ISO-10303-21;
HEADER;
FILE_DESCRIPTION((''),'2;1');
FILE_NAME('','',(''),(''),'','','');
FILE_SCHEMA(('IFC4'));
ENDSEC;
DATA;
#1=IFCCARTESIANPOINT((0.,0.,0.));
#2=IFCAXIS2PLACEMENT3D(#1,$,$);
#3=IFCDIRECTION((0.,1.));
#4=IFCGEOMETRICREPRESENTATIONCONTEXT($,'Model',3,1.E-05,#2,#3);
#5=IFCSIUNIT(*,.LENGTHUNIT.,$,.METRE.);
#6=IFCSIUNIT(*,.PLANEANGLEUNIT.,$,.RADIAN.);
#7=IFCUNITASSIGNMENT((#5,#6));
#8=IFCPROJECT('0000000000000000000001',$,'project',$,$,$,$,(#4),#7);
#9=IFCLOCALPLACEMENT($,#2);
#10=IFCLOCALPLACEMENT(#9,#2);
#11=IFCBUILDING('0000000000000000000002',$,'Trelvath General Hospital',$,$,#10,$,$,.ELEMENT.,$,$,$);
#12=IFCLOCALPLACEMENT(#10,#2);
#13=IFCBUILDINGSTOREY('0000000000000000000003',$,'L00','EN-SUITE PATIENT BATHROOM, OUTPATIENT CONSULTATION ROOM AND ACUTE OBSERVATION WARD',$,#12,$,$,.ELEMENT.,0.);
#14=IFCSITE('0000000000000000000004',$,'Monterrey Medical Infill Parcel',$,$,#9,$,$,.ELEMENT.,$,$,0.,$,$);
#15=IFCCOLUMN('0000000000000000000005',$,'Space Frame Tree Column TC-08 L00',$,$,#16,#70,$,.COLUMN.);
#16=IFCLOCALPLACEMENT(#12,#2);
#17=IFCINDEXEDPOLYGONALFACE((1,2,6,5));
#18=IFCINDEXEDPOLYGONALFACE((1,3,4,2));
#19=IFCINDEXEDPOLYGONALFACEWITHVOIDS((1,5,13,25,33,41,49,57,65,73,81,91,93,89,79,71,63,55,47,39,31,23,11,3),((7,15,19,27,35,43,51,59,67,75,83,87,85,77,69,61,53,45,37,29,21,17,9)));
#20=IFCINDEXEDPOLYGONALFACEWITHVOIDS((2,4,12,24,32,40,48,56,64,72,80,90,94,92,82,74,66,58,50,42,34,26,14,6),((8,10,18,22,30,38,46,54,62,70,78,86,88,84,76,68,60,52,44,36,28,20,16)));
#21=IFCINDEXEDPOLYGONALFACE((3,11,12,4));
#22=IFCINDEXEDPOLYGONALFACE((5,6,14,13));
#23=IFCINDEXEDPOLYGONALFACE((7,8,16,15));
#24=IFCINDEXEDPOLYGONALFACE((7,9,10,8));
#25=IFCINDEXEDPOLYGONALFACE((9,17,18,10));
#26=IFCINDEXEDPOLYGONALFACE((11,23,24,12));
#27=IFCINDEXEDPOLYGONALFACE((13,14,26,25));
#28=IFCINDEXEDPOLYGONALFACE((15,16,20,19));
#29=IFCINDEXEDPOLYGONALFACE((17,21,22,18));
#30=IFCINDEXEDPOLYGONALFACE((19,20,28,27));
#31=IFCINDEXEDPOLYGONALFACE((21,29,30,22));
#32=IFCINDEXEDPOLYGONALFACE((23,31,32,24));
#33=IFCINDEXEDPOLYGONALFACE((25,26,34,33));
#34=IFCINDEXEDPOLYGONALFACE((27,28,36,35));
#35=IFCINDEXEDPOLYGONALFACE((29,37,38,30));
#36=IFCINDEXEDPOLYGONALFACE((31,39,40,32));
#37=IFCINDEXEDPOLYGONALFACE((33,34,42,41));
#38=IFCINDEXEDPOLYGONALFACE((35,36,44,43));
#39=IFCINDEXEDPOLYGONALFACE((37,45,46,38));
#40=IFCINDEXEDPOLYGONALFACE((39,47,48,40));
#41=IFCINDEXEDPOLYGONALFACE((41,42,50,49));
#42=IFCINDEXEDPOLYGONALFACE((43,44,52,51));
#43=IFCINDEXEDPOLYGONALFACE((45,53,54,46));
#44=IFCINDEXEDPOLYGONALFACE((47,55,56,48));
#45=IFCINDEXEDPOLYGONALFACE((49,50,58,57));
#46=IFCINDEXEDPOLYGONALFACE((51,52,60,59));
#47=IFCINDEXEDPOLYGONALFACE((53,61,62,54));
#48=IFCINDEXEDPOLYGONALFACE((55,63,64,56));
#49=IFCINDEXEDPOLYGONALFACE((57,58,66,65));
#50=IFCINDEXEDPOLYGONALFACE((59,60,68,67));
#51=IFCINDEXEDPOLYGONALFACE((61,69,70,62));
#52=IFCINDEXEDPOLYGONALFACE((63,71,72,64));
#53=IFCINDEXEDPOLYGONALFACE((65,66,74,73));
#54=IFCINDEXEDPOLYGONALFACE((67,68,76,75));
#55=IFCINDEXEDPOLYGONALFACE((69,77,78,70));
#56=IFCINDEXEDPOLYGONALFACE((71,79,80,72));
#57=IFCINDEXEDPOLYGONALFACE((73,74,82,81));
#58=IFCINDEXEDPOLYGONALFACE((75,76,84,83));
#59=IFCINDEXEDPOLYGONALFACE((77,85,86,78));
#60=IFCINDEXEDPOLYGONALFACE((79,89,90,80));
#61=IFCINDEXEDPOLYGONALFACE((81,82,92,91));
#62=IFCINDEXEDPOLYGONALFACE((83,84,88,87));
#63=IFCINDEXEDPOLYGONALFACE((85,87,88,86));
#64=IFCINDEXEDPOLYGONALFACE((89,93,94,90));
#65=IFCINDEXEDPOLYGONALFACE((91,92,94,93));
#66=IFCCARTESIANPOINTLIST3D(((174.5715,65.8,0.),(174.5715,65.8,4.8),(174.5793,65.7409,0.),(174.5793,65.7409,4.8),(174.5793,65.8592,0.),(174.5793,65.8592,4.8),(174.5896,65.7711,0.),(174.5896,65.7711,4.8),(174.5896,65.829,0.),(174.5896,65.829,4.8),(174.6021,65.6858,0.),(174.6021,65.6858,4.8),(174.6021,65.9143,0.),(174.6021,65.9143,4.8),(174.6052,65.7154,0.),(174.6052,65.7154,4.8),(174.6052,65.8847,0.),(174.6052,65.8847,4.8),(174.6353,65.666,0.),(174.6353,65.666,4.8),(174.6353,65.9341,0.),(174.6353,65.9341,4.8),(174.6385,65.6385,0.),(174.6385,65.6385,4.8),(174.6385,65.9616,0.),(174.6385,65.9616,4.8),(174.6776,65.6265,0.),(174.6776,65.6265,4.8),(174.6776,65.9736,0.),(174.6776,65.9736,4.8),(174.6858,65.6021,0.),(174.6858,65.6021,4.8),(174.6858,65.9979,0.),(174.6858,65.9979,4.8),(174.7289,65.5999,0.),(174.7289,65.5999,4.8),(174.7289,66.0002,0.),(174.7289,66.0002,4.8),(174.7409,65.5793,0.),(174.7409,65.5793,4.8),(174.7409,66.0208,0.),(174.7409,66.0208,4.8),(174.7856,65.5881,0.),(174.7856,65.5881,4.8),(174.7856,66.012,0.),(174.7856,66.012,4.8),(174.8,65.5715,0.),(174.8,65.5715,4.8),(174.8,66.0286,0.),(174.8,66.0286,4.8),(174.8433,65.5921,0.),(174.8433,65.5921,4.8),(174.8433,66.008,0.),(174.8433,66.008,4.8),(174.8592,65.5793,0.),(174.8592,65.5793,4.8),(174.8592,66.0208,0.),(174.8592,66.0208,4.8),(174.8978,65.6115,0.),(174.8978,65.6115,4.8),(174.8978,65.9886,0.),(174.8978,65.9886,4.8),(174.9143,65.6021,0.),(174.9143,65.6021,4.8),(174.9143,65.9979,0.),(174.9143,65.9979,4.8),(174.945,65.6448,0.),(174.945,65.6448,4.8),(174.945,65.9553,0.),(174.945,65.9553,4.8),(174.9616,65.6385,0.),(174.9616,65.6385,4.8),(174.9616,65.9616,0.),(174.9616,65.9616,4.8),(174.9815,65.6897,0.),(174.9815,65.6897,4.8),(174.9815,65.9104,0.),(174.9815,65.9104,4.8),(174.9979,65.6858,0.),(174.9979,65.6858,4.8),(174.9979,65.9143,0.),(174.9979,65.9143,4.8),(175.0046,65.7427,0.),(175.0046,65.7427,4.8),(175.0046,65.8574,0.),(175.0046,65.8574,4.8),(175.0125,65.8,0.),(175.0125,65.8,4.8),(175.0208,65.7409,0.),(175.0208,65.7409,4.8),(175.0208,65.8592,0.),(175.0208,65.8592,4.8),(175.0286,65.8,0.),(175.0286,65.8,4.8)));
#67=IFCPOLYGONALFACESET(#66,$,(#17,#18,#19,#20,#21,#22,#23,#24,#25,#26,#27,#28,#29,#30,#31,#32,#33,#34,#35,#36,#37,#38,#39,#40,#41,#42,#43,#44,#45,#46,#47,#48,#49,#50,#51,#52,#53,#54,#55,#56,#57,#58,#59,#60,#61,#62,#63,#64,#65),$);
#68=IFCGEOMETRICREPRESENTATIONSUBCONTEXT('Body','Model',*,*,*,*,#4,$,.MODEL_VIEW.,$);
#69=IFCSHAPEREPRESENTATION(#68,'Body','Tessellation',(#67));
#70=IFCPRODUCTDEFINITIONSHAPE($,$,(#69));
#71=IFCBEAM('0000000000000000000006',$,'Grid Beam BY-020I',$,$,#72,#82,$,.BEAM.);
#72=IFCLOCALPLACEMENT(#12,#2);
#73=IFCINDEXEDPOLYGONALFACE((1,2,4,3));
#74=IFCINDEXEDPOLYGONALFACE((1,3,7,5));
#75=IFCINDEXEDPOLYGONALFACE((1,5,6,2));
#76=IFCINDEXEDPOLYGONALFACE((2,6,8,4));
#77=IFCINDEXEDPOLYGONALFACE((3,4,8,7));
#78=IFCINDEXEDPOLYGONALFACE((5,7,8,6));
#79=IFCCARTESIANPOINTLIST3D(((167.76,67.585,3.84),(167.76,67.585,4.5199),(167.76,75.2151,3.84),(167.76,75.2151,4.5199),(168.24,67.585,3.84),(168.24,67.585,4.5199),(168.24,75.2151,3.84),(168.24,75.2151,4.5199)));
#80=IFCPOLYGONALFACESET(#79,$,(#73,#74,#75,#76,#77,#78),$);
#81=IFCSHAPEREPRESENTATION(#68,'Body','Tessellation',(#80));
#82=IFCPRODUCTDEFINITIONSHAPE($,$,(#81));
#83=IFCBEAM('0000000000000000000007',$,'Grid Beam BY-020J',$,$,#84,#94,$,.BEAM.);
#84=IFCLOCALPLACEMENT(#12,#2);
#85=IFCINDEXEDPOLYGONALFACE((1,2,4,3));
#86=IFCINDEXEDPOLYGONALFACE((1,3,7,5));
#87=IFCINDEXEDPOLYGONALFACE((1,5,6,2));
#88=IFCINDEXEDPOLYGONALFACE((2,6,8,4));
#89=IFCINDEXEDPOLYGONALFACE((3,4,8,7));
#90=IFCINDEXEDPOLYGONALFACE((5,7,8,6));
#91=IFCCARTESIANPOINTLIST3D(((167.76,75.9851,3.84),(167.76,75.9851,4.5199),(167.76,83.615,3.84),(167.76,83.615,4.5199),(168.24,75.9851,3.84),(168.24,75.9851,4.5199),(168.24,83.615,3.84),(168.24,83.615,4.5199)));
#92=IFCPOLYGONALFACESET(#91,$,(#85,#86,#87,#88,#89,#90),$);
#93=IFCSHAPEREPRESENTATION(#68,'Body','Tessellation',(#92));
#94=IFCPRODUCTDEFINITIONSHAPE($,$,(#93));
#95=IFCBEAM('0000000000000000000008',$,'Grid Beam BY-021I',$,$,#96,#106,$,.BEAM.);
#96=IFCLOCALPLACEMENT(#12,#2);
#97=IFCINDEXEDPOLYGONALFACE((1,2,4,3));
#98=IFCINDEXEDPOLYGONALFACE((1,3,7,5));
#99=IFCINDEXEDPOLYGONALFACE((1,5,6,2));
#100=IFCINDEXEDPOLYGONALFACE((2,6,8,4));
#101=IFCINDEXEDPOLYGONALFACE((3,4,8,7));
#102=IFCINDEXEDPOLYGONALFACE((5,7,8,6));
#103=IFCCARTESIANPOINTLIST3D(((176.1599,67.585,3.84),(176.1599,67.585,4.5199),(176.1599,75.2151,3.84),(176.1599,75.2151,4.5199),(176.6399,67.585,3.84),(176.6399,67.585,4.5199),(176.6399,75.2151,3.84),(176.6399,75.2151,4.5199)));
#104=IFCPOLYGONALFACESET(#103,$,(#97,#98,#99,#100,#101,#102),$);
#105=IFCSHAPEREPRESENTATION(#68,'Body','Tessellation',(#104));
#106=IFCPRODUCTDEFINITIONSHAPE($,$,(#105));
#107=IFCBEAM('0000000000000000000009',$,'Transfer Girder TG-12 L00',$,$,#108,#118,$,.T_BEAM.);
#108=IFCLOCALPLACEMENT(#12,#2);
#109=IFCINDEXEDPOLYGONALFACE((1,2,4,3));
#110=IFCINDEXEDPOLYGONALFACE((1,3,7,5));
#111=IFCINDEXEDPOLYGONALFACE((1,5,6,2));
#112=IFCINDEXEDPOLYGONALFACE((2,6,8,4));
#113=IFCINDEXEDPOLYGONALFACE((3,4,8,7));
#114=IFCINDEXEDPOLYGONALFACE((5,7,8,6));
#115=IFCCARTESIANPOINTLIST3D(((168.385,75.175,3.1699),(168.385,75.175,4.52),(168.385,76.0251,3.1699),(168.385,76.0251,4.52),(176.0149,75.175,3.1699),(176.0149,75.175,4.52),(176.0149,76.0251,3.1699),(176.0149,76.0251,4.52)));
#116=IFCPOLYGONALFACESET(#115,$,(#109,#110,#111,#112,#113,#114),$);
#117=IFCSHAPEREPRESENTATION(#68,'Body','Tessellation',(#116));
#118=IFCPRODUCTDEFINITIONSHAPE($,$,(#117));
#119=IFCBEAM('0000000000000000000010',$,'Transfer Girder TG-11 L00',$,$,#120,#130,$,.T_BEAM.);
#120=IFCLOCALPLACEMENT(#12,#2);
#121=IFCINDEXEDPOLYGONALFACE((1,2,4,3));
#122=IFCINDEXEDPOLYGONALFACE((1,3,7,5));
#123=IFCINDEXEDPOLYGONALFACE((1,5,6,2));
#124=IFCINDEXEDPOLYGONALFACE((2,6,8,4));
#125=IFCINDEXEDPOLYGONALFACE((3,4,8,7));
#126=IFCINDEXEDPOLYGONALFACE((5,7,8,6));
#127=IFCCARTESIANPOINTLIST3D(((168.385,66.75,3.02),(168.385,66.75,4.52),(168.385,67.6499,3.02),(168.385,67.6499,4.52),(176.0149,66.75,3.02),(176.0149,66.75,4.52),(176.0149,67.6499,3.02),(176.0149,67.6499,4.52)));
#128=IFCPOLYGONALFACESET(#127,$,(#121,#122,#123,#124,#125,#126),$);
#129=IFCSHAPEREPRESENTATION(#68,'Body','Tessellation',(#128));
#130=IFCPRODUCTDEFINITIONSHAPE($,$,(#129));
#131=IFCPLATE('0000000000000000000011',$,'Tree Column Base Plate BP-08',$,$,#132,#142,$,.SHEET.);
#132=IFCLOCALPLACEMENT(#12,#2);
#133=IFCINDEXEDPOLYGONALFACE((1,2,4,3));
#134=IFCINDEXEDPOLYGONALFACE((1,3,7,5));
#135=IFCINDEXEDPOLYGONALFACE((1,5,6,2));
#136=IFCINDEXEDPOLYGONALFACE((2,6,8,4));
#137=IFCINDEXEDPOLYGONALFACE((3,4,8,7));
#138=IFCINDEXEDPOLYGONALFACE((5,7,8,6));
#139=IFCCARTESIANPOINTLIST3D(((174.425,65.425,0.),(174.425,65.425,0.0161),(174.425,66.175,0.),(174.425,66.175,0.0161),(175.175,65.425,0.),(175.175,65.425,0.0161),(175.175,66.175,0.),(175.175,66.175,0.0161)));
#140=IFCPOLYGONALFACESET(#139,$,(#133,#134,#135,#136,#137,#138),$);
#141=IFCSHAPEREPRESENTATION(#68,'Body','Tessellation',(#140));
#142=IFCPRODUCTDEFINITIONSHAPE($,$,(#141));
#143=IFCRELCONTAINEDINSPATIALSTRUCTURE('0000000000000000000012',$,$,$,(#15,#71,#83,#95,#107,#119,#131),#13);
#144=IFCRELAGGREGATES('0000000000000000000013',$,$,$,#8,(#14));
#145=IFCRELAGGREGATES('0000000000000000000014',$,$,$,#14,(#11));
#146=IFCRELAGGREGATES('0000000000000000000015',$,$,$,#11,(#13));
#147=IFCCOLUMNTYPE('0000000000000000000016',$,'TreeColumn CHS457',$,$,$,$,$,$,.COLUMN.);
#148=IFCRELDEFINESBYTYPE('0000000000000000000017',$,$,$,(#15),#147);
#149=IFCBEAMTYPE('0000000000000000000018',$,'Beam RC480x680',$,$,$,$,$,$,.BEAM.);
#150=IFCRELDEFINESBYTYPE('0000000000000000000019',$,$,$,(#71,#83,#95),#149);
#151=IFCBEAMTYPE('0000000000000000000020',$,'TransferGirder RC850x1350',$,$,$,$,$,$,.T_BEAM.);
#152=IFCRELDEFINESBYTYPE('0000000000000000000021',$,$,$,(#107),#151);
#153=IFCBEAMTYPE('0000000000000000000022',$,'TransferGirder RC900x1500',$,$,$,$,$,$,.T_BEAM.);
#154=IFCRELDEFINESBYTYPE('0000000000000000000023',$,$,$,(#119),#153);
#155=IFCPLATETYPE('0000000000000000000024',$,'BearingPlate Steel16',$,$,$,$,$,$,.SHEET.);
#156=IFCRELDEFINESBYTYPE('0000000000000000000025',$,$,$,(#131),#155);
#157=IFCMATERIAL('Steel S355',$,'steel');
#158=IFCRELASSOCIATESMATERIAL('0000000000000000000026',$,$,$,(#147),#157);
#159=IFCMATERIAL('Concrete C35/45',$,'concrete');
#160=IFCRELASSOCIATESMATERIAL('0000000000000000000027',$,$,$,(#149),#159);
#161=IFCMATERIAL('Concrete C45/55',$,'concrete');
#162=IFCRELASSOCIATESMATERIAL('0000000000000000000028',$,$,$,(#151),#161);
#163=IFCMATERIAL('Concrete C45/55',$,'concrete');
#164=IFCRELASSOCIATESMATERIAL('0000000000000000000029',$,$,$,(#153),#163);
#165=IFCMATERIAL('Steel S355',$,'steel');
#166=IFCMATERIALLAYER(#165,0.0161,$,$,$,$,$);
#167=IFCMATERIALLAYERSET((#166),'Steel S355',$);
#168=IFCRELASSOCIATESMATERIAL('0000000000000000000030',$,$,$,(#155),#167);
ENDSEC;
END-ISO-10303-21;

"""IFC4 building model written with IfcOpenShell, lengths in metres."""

from ifc_helpers import new_model, si_unit, direction, frame, origin, origin_2d, place, context, subcontext, project, spatial, rectangle, hollow_circle, extrude, material, layer, layer_set, material_profile, profile_set, type_object, element, save


model = new_model("IFC4")

# Units and contexts
model_context = context("Model", 3, precision=1e-05, world=origin(), true_north=direction((0.0, 1.0)))
body_context = subcontext(model_context, "Body", "Model", "MODEL_VIEW")
ifc_project = project(units=[si_unit("LENGTHUNIT", "METRE"), si_unit("PLANEANGLEUNIT", "RADIAN")], contexts=[model_context])

# Site, building, storey
site_placement = place(None, origin())
site = spatial("IfcSite", under=ifc_project, at=site_placement, Name="Monterrey Medical Infill Parcel", CompositionType="ELEMENT", RefElevation=0.0)
building_placement = place(site_placement, origin())
building = spatial("IfcBuilding", under=site, at=building_placement, Name="Trelvath General Hospital", CompositionType="ELEMENT")
storey_placement = place(building_placement, origin())
storey = spatial("IfcBuildingStorey", under=building, at=storey_placement, Name="L00", Description="EN-SUITE PATIENT BATHROOM, OUTPATIENT CONSULTATION ROOM AND ACUTE OBSERVATION WARD", CompositionType="ELEMENT", Elevation=0.0)

# Column
ifc_material_1 = material(Name="Steel S355", Category="steel")
ifc_material_profile_1 = material_profile(ifc_material_1, hollow_circle(Radius=0.2285, WallThickness=0.0161, at=origin_2d()), Name="CHS457.0x16.0")
ifc_profile_set_1 = profile_set([ifc_material_profile_1], Name="Steel S355")
column_type_1 = type_object("IfcColumnType", Name="TreeColumn CHS457", PredefinedType="COLUMN", material=ifc_profile_set_1)
column_placement = place(storey_placement, frame((174.8, 65.8, 0.0), z_axis=(0.0, 0.0, 1.0), x_axis=(1.0, 0.0, 0.0)))
element("IfcColumn", 1, at=column_placement, inside=storey, type_object=column_type_1, Name="Space Frame Tree Column TC-08 L00", PredefinedType="COLUMN", context=body_context, shape_type="SweptSolid", body=[
    extrude(hollow_circle(Radius=0.2285, WallThickness=0.0161, at=origin_2d()), origin(), (0.0, 0.0, 1.0), 4.8),
])

# Beams
ifc_material_2 = material(Name="Concrete C35/45", Category="concrete")
ifc_material_profile_2 = material_profile(ifc_material_2, rectangle(XDim=0.48, YDim=0.6799, at=origin_2d()), Name="RCB480x680")
ifc_profile_set_2 = profile_set([ifc_material_profile_2], Name="Concrete C35/45")
beam_type_1 = type_object("IfcBeamType", Name="Beam RC480x680", PredefinedType="BEAM", material=ifc_profile_set_2)
beam_1_placement = place(storey_placement, frame((168.0, 67.585, 4.1799), z_axis=(0.0, 1.0, 0.0), x_axis=(-1.0, 0.0, 0.0)))
element("IfcBeam", 2, at=beam_1_placement, inside=storey, type_object=beam_type_1, Name="Grid Beam BY-020I", PredefinedType="BEAM", context=body_context, shape_type="SweptSolid", body=[
    extrude(rectangle(XDim=0.48, YDim=0.6799, at=origin_2d()), origin(), (0.0, 0.0, 1.0), 7.6301),
])
beam_2_placement = place(storey_placement, frame((168.0, 75.9851, 4.1799), z_axis=(0.0, 1.0, 0.0), x_axis=(-1.0, 0.0, 0.0)))
element("IfcBeam", 3, at=beam_2_placement, inside=storey, type_object=beam_type_1, Name="Grid Beam BY-020J", PredefinedType="BEAM", context=body_context, shape_type="SweptSolid", body=[
    extrude(rectangle(XDim=0.48, YDim=0.6799, at=origin_2d()), origin(), (0.0, 0.0, 1.0), 7.6299),
])
beam_3_placement = place(storey_placement, frame((176.3999, 67.585, 4.1799), z_axis=(0.0, 1.0, 0.0), x_axis=(-1.0, 0.0, 0.0)))
element("IfcBeam", 4, at=beam_3_placement, inside=storey, type_object=beam_type_1, Name="Grid Beam BY-021I", PredefinedType="BEAM", context=body_context, shape_type="SweptSolid", body=[
    extrude(rectangle(XDim=0.48, YDim=0.6799, at=origin_2d()), origin(), (0.0, 0.0, 1.0), 7.6301),
])
ifc_material_3 = material(Name="Concrete C45/55", Category="concrete")
ifc_material_profile_3 = material_profile(ifc_material_3, rectangle(XDim=0.8501, YDim=1.3501, at=origin_2d()), Name="RCB850x1350")
ifc_profile_set_3 = profile_set([ifc_material_profile_3], Name="Concrete C45/55")
beam_type_2 = type_object("IfcBeamType", Name="TransferGirder RC850x1350", PredefinedType="T_BEAM", material=ifc_profile_set_3)
beam_4_placement = place(storey_placement, frame((168.385, 75.6001, 3.845), z_axis=(1.0, 0.0, 0.0), x_axis=(0.0, 1.0, 0.0)))
element("IfcBeam", 5, at=beam_4_placement, inside=storey, type_object=beam_type_2, Name="Transfer Girder TG-12 L00", PredefinedType="T_BEAM", context=body_context, shape_type="SweptSolid", body=[
    extrude(rectangle(XDim=0.8501, YDim=1.3501, at=origin_2d()), origin(), (0.0, 0.0, 1.0), 7.6299),
])
ifc_material_4 = material(Name="Concrete C45/55", Category="concrete")
ifc_material_profile_4 = material_profile(ifc_material_4, rectangle(XDim=0.8999, YDim=1.5, at=origin_2d()), Name="RCB900x1500")
ifc_profile_set_4 = profile_set([ifc_material_profile_4], Name="Concrete C45/55")
beam_type_3 = type_object("IfcBeamType", Name="TransferGirder RC900x1500", PredefinedType="T_BEAM", material=ifc_profile_set_4)
beam_5_placement = place(storey_placement, frame((168.385, 67.2, 3.77), z_axis=(1.0, 0.0, 0.0), x_axis=(0.0, 1.0, 0.0)))
element("IfcBeam", 6, at=beam_5_placement, inside=storey, type_object=beam_type_3, Name="Transfer Girder TG-11 L00", PredefinedType="T_BEAM", context=body_context, shape_type="SweptSolid", body=[
    extrude(rectangle(XDim=0.8999, YDim=1.5, at=origin_2d()), origin(), (0.0, 0.0, 1.0), 7.6299),
])

# Plate
ifc_material_5 = material(Name="Steel S355", Category="steel")
ifc_layer_1 = layer(ifc_material_5, 0.0161)
ifc_layer_set_1 = layer_set([ifc_layer_1], Name="Steel S355")
plate_type = type_object("IfcPlateType", Name="BearingPlate Steel16", PredefinedType="SHEET", material=ifc_layer_set_1)
plate_placement = place(storey_placement, frame((174.8, 65.8, 0.0), z_axis=(0.0, 0.0, 1.0), x_axis=(1.0, 0.0, 0.0)))
element("IfcPlate", 7, at=plate_placement, inside=storey, type_object=plate_type, Name="Tree Column Base Plate BP-08", PredefinedType="SHEET", context=body_context, shape_type="SweptSolid", body=[
    extrude(rectangle(XDim=0.75, YDim=0.75, at=origin_2d()), origin(), (0.0, 0.0, 1.0), 0.0161),
])

save(model, "model.ifc")
